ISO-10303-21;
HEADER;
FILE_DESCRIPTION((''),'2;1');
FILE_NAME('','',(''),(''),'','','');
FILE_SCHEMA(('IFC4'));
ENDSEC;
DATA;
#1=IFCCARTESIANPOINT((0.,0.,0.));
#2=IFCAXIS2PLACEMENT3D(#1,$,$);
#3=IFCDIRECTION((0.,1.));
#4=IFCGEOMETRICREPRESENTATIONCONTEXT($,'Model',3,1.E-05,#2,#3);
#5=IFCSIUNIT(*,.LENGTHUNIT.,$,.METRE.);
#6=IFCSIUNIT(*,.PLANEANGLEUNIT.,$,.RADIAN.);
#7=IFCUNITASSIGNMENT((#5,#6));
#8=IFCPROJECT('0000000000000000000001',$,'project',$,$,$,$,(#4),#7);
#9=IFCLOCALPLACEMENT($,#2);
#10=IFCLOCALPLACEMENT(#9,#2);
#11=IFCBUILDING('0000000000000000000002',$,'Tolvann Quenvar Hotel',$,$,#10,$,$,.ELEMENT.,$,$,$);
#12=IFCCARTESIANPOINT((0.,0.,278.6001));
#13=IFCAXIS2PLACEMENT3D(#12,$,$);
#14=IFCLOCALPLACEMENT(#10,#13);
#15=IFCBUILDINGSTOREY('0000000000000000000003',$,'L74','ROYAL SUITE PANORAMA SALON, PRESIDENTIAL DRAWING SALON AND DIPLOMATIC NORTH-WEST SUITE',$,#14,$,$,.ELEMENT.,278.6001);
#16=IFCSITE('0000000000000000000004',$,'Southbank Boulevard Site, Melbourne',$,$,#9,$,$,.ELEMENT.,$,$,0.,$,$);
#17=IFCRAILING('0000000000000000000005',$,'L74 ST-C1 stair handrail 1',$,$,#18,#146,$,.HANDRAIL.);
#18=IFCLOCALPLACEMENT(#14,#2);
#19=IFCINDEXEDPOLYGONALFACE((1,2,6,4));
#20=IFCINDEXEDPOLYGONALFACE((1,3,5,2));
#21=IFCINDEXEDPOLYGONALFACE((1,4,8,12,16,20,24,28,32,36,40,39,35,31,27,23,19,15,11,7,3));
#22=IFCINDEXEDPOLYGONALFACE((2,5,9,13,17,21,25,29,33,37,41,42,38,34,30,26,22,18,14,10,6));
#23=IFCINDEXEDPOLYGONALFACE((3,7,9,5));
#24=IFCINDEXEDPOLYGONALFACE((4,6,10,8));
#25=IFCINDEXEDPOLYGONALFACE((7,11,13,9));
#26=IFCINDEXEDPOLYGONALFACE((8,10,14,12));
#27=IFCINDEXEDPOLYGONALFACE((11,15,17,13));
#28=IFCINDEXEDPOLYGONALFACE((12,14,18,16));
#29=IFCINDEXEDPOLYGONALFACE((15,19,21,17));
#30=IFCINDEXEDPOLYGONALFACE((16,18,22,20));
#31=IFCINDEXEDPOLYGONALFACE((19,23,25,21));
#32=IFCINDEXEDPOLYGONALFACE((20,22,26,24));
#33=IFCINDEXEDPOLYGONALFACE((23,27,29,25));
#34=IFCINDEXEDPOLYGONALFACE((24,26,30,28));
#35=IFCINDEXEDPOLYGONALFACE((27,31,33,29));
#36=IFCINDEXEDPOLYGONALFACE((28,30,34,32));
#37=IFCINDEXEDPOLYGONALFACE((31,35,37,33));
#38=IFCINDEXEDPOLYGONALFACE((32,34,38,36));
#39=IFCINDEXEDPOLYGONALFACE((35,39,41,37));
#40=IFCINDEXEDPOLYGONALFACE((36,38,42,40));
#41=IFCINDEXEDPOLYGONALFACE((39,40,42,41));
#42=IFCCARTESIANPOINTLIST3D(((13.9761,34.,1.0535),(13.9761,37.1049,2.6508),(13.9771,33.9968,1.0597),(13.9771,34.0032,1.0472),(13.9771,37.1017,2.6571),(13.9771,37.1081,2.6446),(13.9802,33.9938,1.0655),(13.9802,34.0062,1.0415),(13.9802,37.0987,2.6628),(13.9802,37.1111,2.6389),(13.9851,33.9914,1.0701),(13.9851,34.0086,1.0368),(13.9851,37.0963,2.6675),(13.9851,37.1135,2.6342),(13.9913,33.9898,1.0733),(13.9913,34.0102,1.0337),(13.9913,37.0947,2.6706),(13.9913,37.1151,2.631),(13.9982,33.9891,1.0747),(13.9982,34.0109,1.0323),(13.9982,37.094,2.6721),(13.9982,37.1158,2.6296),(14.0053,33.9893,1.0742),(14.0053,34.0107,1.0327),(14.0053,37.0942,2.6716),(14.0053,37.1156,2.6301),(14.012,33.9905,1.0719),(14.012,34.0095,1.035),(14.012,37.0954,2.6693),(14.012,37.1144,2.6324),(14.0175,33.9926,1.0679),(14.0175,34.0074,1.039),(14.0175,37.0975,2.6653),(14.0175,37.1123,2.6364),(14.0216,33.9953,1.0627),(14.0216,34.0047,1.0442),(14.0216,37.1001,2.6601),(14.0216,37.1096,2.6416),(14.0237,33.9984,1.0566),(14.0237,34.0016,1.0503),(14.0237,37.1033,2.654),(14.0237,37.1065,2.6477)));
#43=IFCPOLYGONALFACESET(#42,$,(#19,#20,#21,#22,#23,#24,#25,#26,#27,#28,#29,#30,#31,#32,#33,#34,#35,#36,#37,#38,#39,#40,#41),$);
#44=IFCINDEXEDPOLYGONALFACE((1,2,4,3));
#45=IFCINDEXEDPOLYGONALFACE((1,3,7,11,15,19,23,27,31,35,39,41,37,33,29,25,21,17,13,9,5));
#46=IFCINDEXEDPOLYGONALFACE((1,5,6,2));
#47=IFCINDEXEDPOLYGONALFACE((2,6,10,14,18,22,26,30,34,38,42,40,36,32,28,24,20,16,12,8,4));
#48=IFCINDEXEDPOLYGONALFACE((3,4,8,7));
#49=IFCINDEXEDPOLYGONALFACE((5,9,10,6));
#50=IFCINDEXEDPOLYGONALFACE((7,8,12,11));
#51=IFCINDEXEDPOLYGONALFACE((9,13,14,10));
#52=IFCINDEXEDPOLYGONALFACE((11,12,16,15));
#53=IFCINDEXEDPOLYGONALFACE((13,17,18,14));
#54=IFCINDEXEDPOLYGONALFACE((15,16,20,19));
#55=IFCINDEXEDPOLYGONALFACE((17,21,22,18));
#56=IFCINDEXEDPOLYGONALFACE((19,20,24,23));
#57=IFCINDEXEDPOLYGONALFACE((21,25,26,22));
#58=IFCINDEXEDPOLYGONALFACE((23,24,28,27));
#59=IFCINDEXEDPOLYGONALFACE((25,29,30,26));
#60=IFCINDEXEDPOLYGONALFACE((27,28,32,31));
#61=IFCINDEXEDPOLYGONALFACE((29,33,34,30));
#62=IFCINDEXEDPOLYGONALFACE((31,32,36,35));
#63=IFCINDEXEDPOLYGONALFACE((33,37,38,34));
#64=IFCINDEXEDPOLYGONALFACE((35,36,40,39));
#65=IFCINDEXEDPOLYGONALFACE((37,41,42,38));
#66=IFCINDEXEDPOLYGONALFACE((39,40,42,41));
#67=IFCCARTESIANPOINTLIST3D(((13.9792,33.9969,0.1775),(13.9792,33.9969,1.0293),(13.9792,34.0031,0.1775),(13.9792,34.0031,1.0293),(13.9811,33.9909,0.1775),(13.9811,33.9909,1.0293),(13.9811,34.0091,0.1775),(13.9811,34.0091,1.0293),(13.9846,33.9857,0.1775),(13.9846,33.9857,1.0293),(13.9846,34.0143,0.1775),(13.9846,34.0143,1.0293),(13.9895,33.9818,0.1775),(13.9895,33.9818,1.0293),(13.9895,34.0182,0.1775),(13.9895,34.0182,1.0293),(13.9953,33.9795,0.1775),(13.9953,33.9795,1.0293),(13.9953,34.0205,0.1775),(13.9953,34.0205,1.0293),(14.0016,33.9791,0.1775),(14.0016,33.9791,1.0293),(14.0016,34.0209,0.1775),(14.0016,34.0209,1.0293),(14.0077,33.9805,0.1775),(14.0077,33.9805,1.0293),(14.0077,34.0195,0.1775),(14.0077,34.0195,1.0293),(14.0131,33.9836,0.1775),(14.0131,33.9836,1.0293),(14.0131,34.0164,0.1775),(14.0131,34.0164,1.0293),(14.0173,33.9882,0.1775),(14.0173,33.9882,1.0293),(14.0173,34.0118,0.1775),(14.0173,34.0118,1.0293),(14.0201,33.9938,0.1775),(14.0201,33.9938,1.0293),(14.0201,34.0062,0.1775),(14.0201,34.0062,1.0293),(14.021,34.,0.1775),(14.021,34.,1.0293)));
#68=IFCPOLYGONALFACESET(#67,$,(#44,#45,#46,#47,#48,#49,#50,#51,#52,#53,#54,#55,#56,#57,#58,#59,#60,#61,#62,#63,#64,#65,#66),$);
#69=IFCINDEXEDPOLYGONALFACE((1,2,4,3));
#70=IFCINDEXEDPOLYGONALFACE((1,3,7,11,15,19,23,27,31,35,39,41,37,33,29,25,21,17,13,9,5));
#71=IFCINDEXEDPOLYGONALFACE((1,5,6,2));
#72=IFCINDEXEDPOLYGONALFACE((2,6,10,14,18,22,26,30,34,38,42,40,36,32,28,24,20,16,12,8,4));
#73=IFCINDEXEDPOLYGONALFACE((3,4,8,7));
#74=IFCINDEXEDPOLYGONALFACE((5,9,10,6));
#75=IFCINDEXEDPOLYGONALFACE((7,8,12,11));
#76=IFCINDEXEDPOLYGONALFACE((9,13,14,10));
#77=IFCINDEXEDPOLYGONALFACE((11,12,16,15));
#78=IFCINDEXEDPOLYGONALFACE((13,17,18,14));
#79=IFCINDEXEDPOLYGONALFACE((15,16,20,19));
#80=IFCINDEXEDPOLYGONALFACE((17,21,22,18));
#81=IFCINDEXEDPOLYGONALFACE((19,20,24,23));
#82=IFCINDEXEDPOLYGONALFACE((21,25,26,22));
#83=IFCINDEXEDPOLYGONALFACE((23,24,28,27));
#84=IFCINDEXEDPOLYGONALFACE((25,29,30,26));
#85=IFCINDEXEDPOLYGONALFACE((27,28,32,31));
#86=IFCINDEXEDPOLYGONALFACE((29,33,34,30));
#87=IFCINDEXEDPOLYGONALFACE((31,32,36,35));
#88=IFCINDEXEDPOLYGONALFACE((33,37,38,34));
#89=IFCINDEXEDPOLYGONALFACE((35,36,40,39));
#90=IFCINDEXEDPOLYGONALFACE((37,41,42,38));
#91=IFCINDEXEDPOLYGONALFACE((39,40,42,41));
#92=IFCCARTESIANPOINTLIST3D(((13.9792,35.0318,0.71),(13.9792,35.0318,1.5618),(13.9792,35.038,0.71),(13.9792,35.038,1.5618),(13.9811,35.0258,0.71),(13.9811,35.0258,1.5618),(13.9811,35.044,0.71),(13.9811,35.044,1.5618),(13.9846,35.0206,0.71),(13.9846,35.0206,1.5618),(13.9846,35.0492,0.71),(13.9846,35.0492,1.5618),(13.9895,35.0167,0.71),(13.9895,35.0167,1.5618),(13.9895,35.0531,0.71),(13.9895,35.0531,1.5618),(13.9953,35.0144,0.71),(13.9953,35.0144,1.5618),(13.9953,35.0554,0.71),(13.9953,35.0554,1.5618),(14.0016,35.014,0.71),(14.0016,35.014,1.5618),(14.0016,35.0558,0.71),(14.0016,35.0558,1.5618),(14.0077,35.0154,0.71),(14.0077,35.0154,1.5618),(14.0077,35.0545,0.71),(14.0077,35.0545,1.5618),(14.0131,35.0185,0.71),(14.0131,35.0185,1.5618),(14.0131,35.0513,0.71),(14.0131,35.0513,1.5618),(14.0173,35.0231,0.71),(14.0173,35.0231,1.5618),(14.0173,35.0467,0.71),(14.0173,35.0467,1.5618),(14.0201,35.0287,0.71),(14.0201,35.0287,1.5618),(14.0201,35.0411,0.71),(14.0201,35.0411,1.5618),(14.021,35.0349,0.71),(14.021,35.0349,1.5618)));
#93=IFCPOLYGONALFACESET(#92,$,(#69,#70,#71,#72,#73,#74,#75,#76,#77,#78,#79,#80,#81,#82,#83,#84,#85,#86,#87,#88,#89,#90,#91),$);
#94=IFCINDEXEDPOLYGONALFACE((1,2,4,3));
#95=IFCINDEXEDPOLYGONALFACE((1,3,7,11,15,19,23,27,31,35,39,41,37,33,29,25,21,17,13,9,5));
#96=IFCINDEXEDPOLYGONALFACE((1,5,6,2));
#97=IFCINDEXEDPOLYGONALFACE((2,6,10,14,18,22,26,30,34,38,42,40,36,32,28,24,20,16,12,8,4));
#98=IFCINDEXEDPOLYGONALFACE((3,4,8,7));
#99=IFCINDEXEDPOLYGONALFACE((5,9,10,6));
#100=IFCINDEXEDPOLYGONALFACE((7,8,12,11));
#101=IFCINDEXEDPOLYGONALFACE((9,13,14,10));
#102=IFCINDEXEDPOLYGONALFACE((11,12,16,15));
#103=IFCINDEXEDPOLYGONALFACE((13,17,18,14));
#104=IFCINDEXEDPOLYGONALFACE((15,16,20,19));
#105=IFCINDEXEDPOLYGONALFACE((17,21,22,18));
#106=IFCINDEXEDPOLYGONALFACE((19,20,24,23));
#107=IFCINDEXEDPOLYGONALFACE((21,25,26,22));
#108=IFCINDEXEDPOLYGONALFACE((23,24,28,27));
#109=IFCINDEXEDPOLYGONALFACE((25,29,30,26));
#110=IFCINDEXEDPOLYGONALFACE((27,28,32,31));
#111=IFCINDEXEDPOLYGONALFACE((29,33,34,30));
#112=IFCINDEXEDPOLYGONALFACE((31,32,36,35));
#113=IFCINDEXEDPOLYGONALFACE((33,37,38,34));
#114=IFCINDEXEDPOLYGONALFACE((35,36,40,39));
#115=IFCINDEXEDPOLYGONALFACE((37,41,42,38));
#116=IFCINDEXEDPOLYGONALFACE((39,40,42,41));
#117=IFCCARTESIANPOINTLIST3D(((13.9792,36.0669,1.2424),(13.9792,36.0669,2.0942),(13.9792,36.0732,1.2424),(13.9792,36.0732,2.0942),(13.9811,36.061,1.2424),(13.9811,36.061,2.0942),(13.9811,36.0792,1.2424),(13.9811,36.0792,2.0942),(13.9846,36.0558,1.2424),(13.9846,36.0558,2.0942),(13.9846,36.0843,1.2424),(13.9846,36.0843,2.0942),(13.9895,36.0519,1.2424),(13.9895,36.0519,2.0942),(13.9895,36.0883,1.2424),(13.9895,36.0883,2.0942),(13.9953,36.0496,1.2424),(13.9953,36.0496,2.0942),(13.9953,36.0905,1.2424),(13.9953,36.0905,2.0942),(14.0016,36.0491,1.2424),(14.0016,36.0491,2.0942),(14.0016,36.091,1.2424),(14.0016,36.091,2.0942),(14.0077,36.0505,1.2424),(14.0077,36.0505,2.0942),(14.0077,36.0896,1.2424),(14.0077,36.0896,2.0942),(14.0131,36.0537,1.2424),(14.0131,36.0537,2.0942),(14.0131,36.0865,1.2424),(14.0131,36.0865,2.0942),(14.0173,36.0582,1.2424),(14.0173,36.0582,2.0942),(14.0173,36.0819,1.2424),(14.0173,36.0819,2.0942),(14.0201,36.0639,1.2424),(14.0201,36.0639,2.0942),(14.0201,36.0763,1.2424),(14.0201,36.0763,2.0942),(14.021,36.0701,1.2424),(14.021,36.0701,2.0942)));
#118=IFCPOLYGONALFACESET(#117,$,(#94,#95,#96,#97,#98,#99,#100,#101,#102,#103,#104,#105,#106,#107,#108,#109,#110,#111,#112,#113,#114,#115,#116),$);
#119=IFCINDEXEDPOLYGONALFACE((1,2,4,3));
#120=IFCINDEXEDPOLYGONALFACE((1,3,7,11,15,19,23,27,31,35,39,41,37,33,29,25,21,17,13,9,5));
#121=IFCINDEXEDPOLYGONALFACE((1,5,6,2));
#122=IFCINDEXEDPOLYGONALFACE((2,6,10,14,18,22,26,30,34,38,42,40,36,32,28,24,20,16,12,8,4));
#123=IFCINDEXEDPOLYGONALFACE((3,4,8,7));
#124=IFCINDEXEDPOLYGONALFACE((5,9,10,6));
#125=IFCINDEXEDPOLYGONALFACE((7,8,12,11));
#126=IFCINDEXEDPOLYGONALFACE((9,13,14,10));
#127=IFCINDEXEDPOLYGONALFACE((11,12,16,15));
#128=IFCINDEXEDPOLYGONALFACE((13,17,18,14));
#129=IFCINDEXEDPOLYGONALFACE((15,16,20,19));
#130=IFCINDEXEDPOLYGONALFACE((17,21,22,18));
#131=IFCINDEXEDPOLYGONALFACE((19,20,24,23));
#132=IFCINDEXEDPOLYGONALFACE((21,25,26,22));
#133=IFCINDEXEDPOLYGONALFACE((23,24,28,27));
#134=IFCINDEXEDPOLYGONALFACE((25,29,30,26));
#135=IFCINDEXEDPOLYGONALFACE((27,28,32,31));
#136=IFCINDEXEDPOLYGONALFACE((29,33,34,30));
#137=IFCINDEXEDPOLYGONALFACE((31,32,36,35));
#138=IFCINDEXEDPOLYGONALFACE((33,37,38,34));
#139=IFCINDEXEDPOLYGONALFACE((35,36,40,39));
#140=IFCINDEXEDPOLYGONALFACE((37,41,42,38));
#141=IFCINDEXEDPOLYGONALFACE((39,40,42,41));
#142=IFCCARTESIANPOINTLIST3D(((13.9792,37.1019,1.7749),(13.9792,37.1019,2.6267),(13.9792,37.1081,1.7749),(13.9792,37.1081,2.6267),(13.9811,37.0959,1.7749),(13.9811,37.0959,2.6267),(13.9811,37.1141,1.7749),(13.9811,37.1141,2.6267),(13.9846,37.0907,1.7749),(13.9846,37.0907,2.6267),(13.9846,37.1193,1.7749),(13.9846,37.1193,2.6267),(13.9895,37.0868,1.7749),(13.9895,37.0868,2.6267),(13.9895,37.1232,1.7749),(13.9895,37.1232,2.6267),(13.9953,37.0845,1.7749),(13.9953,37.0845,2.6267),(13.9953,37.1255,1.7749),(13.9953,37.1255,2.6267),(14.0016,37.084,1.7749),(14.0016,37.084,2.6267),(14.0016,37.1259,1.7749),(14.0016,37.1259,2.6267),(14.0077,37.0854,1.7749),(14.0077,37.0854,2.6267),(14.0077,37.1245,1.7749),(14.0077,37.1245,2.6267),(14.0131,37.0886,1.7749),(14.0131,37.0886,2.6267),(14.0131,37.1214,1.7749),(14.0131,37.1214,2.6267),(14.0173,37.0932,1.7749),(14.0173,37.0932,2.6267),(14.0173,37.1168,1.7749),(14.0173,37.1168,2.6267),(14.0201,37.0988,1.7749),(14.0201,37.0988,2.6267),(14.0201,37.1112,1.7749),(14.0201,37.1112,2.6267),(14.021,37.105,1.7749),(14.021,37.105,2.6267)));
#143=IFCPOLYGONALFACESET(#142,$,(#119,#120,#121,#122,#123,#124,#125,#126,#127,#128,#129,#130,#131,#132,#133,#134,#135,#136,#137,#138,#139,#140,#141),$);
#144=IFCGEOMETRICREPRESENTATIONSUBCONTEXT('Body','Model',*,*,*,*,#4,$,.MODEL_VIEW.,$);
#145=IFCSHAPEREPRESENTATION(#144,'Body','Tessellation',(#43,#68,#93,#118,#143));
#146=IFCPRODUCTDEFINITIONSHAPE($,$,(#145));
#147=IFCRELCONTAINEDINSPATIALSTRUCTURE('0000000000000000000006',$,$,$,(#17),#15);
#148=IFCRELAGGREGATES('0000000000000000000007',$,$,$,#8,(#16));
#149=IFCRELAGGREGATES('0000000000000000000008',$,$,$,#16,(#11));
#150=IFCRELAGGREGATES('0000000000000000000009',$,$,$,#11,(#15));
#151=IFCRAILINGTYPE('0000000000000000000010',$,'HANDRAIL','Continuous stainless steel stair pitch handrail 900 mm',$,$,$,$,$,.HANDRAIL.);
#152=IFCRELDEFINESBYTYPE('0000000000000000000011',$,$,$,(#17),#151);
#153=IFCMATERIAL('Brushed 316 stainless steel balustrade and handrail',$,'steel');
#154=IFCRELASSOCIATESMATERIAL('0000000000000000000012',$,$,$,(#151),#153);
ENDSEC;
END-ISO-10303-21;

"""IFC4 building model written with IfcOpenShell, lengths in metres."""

from ifc_helpers import new_model, si_unit, direction, frame, origin, origin_2d, place, context, subcontext, project, spatial, circle, extrude, material, type_object, element, save


model = new_model("IFC4")

# Units and contexts
model_context = context("Model", 3, precision=1e-05, world=origin(), true_north=direction((0.0, 1.0)))
body_context = subcontext(model_context, "Body", "Model", "MODEL_VIEW")
ifc_project = project(units=[si_unit("LENGTHUNIT", "METRE"), si_unit("PLANEANGLEUNIT", "RADIAN")], contexts=[model_context])

# Site, building, storey
site_placement = place(None, origin())
site = spatial("IfcSite", under=ifc_project, at=site_placement, Name="Southbank Boulevard Site, Melbourne", CompositionType="ELEMENT", RefElevation=0.0)
building_placement = place(site_placement, origin())
building = spatial("IfcBuilding", under=site, at=building_placement, Name="Tolvann Quenvar Hotel", CompositionType="ELEMENT")
storey_placement = place(building_placement, frame((0.0, 0.0, 278.6001)))
storey = spatial("IfcBuildingStorey", under=building, at=storey_placement, Name="L74", Description="ROYAL SUITE PANORAMA SALON, PRESIDENTIAL DRAWING SALON AND DIPLOMATIC NORTH-WEST SUITE", CompositionType="ELEMENT", Elevation=278.6001)

# Railing
ifc_material_1 = material(Name="Brushed 316 stainless steel balustrade and handrail", Category="steel")
railing_type_1 = type_object("IfcRailingType", Name="HANDRAIL", Description="Continuous stainless steel stair pitch handrail 900 mm", PredefinedType="HANDRAIL", material=ifc_material_1)
railing_1_placement = place(storey_placement, frame((14.0, 34.0, 0.1775)))
element("IfcRailing", 1, at=railing_1_placement, inside=storey, type_object=railing_type_1, Name="L74 ST-C1 stair handrail 1", PredefinedType="HANDRAIL", context=body_context, shape_type="SweptSolid", body=[
    extrude(circle(Radius=0.0239, at=origin_2d()), frame((0.0, 0.0, 0.876), z_axis=(0.0, 0.889222, 0.457476), x_axis=(-1.0, 0.0, 0.0)), (0.0, 0.0, 1.0), 3.4917),
    extrude(circle(Radius=0.021, at=origin_2d()), origin(), (0.0, 0.0, 1.0), 0.8518),
    extrude(circle(Radius=0.021, at=origin_2d()), frame((0.0, 1.0349, 0.5325)), (0.0, 0.0, 1.0), 0.8518),
    extrude(circle(Radius=0.021, at=origin_2d()), frame((0.0, 2.0701, 1.0649)), (0.0, 0.0, 1.0), 0.8518),
    extrude(circle(Radius=0.021, at=origin_2d()), frame((0.0, 3.105, 1.5974)), (0.0, 0.0, 1.0), 0.8518),
])

save(model, "model.ifc")
